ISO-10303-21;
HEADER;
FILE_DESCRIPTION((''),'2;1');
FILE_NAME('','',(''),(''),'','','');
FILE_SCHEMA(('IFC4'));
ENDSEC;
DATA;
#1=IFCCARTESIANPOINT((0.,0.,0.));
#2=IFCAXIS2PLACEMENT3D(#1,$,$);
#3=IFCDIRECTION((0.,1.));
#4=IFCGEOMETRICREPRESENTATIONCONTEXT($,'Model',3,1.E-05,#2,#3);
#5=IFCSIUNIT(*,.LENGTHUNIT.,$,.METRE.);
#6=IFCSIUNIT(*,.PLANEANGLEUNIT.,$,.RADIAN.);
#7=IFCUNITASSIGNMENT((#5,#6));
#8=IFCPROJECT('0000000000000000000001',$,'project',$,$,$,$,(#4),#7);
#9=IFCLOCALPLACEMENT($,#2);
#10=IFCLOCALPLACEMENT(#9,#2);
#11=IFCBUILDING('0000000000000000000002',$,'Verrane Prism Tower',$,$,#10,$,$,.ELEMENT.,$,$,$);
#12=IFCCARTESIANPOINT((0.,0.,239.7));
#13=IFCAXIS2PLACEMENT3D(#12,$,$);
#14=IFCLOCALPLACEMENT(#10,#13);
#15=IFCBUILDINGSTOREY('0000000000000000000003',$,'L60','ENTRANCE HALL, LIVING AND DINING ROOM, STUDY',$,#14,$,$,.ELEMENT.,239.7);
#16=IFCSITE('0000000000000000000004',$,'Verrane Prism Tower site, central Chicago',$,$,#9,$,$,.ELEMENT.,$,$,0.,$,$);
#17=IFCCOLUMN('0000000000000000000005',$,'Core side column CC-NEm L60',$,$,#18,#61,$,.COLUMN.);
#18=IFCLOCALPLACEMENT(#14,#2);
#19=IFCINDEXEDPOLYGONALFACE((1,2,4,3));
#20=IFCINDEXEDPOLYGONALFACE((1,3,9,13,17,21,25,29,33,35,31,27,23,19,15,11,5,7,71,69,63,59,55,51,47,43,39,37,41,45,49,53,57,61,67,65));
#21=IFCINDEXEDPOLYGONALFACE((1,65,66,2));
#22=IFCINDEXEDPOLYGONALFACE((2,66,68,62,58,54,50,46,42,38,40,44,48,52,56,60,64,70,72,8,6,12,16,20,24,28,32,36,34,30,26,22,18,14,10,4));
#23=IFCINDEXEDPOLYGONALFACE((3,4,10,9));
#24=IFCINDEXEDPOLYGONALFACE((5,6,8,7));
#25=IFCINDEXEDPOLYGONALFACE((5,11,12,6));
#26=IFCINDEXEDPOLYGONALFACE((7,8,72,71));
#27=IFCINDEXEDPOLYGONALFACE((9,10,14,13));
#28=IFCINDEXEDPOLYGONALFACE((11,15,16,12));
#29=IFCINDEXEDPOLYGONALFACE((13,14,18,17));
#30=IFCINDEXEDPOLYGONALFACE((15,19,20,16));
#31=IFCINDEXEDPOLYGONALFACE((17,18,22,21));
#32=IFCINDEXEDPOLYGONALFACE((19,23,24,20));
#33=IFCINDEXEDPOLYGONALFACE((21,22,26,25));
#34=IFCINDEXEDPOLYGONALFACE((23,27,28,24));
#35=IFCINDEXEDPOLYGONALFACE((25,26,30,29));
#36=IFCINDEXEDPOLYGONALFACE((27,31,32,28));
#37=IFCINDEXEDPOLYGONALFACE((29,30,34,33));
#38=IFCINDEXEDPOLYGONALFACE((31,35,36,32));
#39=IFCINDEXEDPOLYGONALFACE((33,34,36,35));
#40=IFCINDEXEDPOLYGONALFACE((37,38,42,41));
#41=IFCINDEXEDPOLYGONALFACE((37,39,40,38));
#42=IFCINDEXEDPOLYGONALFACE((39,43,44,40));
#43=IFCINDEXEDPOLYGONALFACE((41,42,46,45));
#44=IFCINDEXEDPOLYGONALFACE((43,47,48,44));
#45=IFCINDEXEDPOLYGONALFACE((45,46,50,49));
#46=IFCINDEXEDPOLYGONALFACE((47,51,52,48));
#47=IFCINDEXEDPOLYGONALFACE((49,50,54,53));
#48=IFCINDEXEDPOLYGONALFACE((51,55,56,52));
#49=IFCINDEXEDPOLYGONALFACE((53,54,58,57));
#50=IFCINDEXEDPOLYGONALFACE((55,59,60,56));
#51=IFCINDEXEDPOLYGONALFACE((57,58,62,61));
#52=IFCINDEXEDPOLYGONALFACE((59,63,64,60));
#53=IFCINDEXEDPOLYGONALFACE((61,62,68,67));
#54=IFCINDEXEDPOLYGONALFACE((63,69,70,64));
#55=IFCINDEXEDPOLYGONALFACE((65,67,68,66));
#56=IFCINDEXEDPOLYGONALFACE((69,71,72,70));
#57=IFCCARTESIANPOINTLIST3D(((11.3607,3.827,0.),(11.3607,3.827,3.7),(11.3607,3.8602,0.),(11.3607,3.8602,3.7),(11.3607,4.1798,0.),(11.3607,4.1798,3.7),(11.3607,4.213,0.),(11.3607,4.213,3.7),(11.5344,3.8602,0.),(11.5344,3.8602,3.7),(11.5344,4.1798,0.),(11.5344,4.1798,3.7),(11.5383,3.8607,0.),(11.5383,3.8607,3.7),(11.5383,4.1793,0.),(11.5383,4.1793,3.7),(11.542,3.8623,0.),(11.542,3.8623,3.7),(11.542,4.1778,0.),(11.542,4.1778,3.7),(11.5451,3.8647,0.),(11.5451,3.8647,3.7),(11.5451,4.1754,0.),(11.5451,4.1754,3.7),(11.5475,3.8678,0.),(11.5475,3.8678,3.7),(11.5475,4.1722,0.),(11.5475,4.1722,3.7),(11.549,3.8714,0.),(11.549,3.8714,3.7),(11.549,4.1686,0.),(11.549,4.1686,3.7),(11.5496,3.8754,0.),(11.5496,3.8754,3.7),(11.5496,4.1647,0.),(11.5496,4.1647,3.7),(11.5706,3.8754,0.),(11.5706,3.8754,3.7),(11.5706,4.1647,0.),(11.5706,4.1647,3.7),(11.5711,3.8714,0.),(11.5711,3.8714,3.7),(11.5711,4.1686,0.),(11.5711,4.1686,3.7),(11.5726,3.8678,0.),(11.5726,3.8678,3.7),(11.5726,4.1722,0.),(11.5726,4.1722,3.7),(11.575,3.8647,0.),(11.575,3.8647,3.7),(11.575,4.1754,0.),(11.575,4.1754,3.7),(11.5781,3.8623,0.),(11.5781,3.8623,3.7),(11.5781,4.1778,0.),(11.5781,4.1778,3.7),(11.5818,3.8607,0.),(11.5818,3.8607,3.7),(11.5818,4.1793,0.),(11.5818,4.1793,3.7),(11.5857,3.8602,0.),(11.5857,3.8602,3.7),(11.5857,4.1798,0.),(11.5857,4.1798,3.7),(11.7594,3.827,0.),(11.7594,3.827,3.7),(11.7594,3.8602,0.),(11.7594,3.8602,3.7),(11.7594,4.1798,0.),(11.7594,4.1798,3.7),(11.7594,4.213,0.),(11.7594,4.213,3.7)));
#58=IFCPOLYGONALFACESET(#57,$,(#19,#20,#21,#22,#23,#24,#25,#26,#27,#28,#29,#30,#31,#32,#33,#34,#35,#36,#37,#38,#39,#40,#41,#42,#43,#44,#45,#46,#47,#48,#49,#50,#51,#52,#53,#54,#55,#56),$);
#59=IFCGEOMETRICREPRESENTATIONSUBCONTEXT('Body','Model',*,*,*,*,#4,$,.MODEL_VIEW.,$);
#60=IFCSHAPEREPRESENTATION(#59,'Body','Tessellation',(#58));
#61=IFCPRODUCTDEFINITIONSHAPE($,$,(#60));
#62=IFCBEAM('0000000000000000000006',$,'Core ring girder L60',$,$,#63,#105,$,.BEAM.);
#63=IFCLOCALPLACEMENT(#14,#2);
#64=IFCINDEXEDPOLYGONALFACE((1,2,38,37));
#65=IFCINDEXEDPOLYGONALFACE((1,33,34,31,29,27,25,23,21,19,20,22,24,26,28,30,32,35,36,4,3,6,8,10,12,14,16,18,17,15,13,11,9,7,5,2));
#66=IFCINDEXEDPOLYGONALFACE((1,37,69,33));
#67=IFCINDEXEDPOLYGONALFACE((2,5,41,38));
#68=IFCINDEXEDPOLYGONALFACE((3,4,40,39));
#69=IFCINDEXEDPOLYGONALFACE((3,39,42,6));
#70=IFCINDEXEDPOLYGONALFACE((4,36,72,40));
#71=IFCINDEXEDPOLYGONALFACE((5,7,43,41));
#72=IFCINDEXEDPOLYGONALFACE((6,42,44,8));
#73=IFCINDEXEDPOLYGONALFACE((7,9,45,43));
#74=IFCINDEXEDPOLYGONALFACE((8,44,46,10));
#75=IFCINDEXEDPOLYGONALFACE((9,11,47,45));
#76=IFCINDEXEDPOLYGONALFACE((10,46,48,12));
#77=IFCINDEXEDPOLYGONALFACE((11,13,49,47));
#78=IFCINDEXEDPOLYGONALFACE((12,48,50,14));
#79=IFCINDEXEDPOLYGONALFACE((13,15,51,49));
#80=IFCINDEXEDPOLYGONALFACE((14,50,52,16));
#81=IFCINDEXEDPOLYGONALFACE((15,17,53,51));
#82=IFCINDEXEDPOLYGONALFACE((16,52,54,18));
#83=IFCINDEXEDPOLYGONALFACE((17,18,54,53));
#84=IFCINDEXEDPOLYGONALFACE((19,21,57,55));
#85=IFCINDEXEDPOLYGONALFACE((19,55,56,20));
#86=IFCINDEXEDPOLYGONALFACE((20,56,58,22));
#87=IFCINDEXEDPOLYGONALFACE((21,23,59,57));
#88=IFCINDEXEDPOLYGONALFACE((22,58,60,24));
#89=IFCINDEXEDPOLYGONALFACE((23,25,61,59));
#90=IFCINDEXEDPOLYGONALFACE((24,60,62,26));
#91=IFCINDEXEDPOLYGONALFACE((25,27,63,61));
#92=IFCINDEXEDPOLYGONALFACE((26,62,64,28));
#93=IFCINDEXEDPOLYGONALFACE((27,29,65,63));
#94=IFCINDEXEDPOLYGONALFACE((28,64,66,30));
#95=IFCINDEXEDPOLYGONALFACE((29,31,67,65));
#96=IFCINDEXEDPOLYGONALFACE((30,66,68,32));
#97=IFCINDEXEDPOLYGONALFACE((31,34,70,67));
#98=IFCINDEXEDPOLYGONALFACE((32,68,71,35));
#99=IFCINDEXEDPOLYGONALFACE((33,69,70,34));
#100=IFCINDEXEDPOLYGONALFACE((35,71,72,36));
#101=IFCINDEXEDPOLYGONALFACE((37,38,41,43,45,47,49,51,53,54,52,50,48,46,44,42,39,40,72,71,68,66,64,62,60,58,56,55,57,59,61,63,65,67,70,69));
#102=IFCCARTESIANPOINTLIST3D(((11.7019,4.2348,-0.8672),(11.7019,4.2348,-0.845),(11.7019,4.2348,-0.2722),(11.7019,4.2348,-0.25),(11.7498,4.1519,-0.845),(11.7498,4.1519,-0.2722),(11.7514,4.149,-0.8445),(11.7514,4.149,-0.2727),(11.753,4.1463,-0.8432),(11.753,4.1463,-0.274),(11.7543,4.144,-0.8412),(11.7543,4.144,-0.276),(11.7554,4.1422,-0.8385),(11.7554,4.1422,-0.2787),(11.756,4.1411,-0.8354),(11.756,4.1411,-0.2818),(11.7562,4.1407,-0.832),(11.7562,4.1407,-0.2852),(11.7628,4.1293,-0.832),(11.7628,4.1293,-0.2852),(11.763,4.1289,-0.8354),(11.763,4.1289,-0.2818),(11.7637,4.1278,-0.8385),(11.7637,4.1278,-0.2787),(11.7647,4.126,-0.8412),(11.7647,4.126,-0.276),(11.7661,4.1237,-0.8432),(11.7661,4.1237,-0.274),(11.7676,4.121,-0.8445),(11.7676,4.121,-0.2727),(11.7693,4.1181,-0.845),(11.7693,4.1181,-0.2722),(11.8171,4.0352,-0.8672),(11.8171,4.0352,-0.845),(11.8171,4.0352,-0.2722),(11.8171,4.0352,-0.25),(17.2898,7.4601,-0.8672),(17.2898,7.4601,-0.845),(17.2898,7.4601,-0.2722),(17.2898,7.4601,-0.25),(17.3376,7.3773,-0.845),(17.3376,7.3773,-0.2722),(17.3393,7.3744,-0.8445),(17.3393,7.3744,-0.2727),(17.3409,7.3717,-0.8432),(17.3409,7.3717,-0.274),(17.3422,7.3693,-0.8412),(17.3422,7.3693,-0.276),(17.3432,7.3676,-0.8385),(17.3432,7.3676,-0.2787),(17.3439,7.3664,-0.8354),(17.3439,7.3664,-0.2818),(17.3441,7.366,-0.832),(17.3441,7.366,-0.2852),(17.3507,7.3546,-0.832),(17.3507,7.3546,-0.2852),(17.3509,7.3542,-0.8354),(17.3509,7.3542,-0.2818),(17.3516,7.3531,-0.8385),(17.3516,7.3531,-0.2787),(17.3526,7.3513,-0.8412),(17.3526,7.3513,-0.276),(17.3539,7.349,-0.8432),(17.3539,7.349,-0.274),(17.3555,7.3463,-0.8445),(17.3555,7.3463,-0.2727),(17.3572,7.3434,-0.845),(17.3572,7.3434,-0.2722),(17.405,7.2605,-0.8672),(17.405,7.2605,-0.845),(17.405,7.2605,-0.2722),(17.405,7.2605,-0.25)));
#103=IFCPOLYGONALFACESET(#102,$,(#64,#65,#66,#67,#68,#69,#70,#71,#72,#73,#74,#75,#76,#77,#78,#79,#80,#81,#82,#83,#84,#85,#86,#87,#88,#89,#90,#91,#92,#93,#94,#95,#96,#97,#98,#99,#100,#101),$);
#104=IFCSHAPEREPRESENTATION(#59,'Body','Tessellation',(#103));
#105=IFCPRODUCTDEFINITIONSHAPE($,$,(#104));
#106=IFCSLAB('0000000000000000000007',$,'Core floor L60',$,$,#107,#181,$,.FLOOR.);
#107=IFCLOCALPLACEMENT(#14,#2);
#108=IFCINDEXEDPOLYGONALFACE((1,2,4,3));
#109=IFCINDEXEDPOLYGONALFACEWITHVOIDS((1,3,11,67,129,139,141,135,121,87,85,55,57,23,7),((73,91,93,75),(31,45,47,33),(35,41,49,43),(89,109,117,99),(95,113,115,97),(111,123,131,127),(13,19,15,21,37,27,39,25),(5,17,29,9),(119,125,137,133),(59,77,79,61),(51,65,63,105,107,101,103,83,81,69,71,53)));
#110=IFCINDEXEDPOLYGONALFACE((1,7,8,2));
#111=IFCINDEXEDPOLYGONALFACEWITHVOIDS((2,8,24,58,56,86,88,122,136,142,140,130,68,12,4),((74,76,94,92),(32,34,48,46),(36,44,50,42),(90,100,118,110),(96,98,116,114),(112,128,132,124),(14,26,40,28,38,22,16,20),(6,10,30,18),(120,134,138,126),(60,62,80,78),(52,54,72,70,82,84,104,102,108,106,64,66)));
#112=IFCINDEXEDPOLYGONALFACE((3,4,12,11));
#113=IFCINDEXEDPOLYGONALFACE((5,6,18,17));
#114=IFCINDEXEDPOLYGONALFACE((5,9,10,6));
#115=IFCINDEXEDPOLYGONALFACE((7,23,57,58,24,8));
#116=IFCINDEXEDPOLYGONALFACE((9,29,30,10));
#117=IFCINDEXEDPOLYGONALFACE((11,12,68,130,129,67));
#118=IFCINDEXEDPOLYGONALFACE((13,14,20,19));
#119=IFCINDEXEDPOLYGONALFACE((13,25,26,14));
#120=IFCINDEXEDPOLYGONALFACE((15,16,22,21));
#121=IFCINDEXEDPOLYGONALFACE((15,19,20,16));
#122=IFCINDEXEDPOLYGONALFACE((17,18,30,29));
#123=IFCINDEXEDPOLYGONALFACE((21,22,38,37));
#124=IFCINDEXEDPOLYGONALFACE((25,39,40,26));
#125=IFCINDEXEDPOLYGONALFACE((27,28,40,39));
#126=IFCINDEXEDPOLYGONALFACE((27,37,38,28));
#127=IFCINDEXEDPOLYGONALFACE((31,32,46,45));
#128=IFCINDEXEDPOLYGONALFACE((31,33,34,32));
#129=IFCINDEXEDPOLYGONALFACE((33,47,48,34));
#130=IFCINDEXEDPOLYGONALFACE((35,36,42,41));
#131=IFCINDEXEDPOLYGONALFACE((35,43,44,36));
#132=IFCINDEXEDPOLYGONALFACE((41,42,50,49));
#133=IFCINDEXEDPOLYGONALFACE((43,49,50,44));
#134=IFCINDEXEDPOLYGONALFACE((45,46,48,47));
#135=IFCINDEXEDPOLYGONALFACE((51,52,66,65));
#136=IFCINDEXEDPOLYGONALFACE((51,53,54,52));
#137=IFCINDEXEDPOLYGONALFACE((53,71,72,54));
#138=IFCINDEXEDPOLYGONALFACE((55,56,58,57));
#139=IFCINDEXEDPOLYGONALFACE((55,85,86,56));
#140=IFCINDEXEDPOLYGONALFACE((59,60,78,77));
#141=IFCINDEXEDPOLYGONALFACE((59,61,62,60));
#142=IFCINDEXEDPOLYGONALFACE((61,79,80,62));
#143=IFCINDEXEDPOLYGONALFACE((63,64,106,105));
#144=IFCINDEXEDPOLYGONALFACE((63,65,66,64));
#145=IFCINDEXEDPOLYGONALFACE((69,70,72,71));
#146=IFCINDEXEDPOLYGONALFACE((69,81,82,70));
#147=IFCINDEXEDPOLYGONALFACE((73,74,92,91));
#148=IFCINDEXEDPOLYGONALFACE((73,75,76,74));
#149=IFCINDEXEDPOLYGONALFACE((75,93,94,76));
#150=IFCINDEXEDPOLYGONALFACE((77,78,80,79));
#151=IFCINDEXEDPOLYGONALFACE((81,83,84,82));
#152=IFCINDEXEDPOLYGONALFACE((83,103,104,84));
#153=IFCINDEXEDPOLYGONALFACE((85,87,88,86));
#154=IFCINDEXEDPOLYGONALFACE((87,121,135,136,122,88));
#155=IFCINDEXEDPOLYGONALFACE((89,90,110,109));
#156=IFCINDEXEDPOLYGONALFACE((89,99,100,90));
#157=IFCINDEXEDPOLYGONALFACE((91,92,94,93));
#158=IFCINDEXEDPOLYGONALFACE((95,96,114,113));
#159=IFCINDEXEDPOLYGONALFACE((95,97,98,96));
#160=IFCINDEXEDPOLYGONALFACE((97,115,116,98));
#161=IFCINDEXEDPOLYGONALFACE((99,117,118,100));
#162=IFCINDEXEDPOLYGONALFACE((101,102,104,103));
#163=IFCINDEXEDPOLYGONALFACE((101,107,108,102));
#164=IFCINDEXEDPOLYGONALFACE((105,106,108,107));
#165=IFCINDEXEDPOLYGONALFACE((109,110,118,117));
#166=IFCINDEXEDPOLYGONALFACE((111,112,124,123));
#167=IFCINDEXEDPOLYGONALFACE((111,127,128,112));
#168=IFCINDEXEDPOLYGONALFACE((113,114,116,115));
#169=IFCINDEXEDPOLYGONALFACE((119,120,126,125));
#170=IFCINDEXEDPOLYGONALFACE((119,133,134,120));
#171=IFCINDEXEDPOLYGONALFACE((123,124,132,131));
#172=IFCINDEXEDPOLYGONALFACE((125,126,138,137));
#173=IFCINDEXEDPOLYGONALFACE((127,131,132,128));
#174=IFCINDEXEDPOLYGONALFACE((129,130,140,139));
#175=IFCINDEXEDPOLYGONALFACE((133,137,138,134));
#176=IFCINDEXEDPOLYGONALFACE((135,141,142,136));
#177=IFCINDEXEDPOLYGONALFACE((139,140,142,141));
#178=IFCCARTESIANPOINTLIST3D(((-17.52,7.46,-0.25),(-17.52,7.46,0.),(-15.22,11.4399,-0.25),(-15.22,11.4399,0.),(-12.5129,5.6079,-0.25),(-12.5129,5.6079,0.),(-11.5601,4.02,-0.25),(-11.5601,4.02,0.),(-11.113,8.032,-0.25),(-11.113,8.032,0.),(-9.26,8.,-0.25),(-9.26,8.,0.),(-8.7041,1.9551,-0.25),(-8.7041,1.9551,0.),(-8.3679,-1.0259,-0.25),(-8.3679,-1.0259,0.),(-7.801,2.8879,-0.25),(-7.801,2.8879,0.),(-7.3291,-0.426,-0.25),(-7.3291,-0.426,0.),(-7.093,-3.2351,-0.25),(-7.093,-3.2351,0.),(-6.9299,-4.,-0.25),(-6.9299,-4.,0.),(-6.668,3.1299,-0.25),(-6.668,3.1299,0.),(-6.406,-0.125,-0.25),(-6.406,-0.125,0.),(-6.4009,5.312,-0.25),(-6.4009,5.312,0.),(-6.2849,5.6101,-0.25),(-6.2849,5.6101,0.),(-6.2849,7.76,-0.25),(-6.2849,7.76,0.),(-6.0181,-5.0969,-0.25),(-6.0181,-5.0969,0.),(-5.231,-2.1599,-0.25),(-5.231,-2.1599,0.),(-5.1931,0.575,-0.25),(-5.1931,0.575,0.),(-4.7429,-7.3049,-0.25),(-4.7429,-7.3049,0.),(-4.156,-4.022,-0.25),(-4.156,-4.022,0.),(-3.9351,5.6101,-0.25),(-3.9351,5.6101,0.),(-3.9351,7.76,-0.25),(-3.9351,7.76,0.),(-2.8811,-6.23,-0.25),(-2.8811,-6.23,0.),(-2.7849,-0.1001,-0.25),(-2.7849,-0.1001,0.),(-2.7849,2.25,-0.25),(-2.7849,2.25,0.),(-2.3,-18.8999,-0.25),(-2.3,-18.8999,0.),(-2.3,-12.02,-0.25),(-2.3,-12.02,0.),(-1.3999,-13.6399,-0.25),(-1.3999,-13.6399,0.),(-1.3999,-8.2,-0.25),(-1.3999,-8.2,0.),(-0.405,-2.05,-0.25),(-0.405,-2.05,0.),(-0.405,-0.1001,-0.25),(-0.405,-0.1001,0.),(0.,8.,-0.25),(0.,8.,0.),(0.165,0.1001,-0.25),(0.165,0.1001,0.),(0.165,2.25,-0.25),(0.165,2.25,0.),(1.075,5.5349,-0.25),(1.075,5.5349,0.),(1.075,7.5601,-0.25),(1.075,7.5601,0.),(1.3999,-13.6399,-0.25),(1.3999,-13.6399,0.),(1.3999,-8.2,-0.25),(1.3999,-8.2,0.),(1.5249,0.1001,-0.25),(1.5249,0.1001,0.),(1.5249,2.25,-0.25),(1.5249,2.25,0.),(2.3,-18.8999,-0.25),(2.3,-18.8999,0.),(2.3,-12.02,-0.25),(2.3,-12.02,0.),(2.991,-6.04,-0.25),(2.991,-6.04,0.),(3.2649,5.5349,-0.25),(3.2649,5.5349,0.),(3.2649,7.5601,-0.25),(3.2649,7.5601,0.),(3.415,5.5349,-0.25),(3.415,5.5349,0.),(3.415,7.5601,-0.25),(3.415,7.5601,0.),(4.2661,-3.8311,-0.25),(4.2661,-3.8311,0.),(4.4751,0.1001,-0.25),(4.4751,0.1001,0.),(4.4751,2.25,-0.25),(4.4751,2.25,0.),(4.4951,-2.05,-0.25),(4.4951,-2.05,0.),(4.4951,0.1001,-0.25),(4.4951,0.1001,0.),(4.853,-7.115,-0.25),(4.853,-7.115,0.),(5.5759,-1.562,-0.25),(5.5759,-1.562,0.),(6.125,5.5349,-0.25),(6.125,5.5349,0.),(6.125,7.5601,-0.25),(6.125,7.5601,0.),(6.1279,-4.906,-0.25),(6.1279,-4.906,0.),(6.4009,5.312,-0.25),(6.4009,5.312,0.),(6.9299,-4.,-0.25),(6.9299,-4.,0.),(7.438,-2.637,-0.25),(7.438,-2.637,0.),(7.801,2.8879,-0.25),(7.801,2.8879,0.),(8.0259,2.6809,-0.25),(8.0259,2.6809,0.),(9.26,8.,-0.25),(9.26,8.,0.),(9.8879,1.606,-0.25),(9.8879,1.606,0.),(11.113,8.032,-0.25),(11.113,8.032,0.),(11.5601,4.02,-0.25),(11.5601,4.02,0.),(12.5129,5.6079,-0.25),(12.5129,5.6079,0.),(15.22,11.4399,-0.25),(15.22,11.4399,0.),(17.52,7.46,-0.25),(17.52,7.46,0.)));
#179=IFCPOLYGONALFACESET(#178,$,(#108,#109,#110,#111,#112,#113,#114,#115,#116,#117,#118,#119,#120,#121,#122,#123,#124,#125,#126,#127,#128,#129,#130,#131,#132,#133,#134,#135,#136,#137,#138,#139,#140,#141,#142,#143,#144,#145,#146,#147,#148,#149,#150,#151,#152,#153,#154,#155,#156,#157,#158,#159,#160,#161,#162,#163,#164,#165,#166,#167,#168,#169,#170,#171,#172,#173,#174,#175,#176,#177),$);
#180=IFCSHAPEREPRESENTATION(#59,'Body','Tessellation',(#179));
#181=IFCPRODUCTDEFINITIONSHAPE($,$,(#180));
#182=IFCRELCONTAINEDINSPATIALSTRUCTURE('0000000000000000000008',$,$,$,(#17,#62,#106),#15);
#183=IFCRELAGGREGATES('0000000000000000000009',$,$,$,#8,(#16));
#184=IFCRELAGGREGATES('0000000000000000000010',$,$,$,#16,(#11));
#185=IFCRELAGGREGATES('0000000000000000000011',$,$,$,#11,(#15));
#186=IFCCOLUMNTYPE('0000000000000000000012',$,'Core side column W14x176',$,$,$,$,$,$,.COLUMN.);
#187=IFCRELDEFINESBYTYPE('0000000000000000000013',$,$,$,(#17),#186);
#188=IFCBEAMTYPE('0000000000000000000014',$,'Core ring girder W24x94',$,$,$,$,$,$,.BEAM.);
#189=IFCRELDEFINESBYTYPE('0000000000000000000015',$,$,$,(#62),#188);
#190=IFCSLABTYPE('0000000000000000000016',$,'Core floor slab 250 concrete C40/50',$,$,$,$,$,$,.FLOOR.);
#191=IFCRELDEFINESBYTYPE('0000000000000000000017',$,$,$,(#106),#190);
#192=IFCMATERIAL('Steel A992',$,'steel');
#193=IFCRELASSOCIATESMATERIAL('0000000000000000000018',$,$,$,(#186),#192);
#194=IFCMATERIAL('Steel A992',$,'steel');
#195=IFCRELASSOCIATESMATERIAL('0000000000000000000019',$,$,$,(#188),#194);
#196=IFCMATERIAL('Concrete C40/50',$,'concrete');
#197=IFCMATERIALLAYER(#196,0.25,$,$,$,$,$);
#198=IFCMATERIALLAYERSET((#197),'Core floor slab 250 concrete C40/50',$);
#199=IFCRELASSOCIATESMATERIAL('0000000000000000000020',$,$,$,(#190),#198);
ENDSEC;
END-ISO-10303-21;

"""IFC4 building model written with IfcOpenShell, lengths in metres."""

from ifc_helpers import new_model, si_unit, direction, frame, origin, origin_2d, place, context, subcontext, project, spatial, polyline, i_section, outline, extrude, material, layer, layer_set, material_profile, profile_set, type_object, element, save


model = new_model("IFC4")

# Units and contexts
model_context = context("Model", 3, precision=1e-05, world=origin(), true_north=direction((0.0, 1.0)))
body_context = subcontext(model_context, "Body", "Model", "MODEL_VIEW")
ifc_project = project(units=[si_unit("LENGTHUNIT", "METRE"), si_unit("PLANEANGLEUNIT", "RADIAN")], contexts=[model_context])

# Site, building, storey
site_placement = place(None, origin())
site = spatial("IfcSite", under=ifc_project, at=site_placement, Name="Verrane Prism Tower site, central Chicago", CompositionType="ELEMENT", RefElevation=0.0)
building_placement = place(site_placement, origin())
building = spatial("IfcBuilding", under=site, at=building_placement, Name="Verrane Prism Tower", CompositionType="ELEMENT")
storey_placement = place(building_placement, frame((0.0, 0.0, 239.7)))
storey = spatial("IfcBuildingStorey", under=building, at=storey_placement, Name="L60", Description="ENTRANCE HALL, LIVING AND DINING ROOM, STUDY", CompositionType="ELEMENT", Elevation=239.7)

# Column
ifc_material_1 = material(Name="Steel A992", Category="steel")
ifc_material_profile_1 = material_profile(ifc_material_1, i_section(OverallWidth=0.3987, OverallDepth=0.386, WebThickness=0.021, FlangeThickness=0.0332, FilletRadius=0.0151, at=origin_2d()), Name="W14x176")
ifc_profile_set_1 = profile_set([ifc_material_profile_1], Name="Steel A992")
column_type = type_object("IfcColumnType", Name="Core side column W14x176", PredefinedType="COLUMN", material=ifc_profile_set_1)
column_placement = place(storey_placement, frame((11.5601, 4.02, 0.0), z_axis=(0.0, 0.0, 1.0), x_axis=(1.0, 0.0, 0.0)))
element("IfcColumn", 1, at=column_placement, inside=storey, type_object=column_type, Name="Core side column CC-NEm L60", PredefinedType="COLUMN", context=body_context, shape_type="SweptSolid", body=[
    extrude(i_section(OverallWidth=0.3987, OverallDepth=0.386, WebThickness=0.021, FlangeThickness=0.0332, FilletRadius=0.0151, at=origin_2d()), origin(), (0.0, 0.0, 1.0), 3.7),
])

# Beam
ifc_material_2 = material(Name="Steel A992", Category="steel")
ifc_material_profile_2 = material_profile(ifc_material_2, i_section(OverallWidth=0.2305, OverallDepth=0.6172, WebThickness=0.0132, FlangeThickness=0.0222, FilletRadius=0.0129, at=origin_2d()), Name="W24x94")
ifc_profile_set_2 = profile_set([ifc_material_profile_2], Name="Steel A992")
beam_type = type_object("IfcBeamType", Name="Core ring girder W24x94", PredefinedType="BEAM", material=ifc_profile_set_2)
beam_placement = place(storey_placement, frame((11.7595, 4.135, -0.5586), z_axis=(0.866081, 0.499904, 0.0), x_axis=(-0.499904, 0.866081, 0.0)))
element("IfcBeam", 2, at=beam_placement, inside=storey, type_object=beam_type, Name="Core ring girder L60", PredefinedType="BEAM", context=body_context, shape_type="SweptSolid", body=[
    extrude(i_section(OverallWidth=0.2305, OverallDepth=0.6172, WebThickness=0.0132, FlangeThickness=0.0222, FilletRadius=0.0129, at=origin_2d()), origin(), (0.0, 0.0, 1.0), 6.4519),
])

# Slab
ifc_material_3 = material(Name="Concrete C40/50", Category="concrete")
ifc_layer_1 = layer(ifc_material_3, 0.25)
ifc_layer_set_1 = layer_set([ifc_layer_1], Name="Core floor slab 250 concrete C40/50")
slab_type_1 = type_object("IfcSlabType", Name="Core floor slab 250 concrete C40/50", PredefinedType="FLOOR", material=ifc_layer_set_1)
slab_1_placement = place(storey_placement, frame((0.0, 0.0, -0.25)))
element("IfcSlab", 3, at=slab_1_placement, inside=storey, type_object=slab_type_1, Name="Core floor L60", PredefinedType="FLOOR", context=body_context, shape_type="SweptSolid", body=[
    extrude(outline(polyline([(11.5601, 4.02), (17.52, 7.46), (15.22, 11.4399), (9.26, 8.0), (0.0, 8.0), (-9.26, 8.0), (-15.22, 11.4399), (-17.52, 7.46), (-11.5601, 4.02), (-6.9299, -4.0), (-2.3, -12.02), (-2.3, -18.8999), (2.3, -18.8999), (2.3, -12.02), (6.9299, -4.0), (11.5601, 4.02)]), holes=[polyline([(1.3999, -8.2), (1.3999, -13.6399), (-1.3999, -13.6399), (-1.3999, -8.2), (1.3999, -8.2)]), polyline([(-2.8811, -6.23), (-4.7429, -7.3049), (-6.0181, -5.0969), (-4.156, -4.022), (-2.8811, -6.23)]), polyline([(-7.801, 2.8879), (-12.5129, 5.6079), (-11.113, 8.032), (-6.4009, 5.312), (-7.801, 2.8879)]), polyline([(-6.2849, 5.6101), (-6.2849, 7.76), (-3.9351, 7.76), (-3.9351, 5.6101), (-6.2849, 5.6101)]), polyline([(4.2661, -3.8311), (6.1279, -4.906), (4.853, -7.115), (2.991, -6.04), (4.2661, -3.8311)]), polyline([(7.438, -2.637), (5.5759, -1.562), (8.0259, 2.6809), (9.8879, 1.606), (7.438, -2.637)]), polyline([(0.165, 0.1001), (1.5249, 0.1001), (1.5249, 2.25), (4.4751, 2.25), (4.4751, 0.1001), (4.4951, 0.1001), (4.4951, -2.05), (-0.405, -2.05), (-0.405, -0.1001), (-2.7849, -0.1001), (-2.7849, 2.25), (0.165, 2.25), (0.165, 0.1001)]), polyline([(6.4009, 5.312), (11.113, 8.032), (12.5129, 5.6079), (7.801, 2.8879), (6.4009, 5.312)]), polyline([(1.075, 5.5349), (1.075, 7.5601), (3.2649, 7.5601), (3.2649, 5.5349), (1.075, 5.5349)]), polyline([(3.415, 7.5601), (6.125, 7.5601), (6.125, 5.5349), (3.415, 5.5349), (3.415, 7.5601)]), polyline([(-5.231, -2.1599), (-7.093, -3.2351), (-8.3679, -1.0259), (-7.3291, -0.426), (-8.7041, 1.9551), (-6.668, 3.1299), (-5.1931, 0.575), (-6.406, -0.125), (-5.231, -2.1599)])]), origin(), (0.0, 0.0, 1.0), 0.25),
])

save(model, "model.ifc")
